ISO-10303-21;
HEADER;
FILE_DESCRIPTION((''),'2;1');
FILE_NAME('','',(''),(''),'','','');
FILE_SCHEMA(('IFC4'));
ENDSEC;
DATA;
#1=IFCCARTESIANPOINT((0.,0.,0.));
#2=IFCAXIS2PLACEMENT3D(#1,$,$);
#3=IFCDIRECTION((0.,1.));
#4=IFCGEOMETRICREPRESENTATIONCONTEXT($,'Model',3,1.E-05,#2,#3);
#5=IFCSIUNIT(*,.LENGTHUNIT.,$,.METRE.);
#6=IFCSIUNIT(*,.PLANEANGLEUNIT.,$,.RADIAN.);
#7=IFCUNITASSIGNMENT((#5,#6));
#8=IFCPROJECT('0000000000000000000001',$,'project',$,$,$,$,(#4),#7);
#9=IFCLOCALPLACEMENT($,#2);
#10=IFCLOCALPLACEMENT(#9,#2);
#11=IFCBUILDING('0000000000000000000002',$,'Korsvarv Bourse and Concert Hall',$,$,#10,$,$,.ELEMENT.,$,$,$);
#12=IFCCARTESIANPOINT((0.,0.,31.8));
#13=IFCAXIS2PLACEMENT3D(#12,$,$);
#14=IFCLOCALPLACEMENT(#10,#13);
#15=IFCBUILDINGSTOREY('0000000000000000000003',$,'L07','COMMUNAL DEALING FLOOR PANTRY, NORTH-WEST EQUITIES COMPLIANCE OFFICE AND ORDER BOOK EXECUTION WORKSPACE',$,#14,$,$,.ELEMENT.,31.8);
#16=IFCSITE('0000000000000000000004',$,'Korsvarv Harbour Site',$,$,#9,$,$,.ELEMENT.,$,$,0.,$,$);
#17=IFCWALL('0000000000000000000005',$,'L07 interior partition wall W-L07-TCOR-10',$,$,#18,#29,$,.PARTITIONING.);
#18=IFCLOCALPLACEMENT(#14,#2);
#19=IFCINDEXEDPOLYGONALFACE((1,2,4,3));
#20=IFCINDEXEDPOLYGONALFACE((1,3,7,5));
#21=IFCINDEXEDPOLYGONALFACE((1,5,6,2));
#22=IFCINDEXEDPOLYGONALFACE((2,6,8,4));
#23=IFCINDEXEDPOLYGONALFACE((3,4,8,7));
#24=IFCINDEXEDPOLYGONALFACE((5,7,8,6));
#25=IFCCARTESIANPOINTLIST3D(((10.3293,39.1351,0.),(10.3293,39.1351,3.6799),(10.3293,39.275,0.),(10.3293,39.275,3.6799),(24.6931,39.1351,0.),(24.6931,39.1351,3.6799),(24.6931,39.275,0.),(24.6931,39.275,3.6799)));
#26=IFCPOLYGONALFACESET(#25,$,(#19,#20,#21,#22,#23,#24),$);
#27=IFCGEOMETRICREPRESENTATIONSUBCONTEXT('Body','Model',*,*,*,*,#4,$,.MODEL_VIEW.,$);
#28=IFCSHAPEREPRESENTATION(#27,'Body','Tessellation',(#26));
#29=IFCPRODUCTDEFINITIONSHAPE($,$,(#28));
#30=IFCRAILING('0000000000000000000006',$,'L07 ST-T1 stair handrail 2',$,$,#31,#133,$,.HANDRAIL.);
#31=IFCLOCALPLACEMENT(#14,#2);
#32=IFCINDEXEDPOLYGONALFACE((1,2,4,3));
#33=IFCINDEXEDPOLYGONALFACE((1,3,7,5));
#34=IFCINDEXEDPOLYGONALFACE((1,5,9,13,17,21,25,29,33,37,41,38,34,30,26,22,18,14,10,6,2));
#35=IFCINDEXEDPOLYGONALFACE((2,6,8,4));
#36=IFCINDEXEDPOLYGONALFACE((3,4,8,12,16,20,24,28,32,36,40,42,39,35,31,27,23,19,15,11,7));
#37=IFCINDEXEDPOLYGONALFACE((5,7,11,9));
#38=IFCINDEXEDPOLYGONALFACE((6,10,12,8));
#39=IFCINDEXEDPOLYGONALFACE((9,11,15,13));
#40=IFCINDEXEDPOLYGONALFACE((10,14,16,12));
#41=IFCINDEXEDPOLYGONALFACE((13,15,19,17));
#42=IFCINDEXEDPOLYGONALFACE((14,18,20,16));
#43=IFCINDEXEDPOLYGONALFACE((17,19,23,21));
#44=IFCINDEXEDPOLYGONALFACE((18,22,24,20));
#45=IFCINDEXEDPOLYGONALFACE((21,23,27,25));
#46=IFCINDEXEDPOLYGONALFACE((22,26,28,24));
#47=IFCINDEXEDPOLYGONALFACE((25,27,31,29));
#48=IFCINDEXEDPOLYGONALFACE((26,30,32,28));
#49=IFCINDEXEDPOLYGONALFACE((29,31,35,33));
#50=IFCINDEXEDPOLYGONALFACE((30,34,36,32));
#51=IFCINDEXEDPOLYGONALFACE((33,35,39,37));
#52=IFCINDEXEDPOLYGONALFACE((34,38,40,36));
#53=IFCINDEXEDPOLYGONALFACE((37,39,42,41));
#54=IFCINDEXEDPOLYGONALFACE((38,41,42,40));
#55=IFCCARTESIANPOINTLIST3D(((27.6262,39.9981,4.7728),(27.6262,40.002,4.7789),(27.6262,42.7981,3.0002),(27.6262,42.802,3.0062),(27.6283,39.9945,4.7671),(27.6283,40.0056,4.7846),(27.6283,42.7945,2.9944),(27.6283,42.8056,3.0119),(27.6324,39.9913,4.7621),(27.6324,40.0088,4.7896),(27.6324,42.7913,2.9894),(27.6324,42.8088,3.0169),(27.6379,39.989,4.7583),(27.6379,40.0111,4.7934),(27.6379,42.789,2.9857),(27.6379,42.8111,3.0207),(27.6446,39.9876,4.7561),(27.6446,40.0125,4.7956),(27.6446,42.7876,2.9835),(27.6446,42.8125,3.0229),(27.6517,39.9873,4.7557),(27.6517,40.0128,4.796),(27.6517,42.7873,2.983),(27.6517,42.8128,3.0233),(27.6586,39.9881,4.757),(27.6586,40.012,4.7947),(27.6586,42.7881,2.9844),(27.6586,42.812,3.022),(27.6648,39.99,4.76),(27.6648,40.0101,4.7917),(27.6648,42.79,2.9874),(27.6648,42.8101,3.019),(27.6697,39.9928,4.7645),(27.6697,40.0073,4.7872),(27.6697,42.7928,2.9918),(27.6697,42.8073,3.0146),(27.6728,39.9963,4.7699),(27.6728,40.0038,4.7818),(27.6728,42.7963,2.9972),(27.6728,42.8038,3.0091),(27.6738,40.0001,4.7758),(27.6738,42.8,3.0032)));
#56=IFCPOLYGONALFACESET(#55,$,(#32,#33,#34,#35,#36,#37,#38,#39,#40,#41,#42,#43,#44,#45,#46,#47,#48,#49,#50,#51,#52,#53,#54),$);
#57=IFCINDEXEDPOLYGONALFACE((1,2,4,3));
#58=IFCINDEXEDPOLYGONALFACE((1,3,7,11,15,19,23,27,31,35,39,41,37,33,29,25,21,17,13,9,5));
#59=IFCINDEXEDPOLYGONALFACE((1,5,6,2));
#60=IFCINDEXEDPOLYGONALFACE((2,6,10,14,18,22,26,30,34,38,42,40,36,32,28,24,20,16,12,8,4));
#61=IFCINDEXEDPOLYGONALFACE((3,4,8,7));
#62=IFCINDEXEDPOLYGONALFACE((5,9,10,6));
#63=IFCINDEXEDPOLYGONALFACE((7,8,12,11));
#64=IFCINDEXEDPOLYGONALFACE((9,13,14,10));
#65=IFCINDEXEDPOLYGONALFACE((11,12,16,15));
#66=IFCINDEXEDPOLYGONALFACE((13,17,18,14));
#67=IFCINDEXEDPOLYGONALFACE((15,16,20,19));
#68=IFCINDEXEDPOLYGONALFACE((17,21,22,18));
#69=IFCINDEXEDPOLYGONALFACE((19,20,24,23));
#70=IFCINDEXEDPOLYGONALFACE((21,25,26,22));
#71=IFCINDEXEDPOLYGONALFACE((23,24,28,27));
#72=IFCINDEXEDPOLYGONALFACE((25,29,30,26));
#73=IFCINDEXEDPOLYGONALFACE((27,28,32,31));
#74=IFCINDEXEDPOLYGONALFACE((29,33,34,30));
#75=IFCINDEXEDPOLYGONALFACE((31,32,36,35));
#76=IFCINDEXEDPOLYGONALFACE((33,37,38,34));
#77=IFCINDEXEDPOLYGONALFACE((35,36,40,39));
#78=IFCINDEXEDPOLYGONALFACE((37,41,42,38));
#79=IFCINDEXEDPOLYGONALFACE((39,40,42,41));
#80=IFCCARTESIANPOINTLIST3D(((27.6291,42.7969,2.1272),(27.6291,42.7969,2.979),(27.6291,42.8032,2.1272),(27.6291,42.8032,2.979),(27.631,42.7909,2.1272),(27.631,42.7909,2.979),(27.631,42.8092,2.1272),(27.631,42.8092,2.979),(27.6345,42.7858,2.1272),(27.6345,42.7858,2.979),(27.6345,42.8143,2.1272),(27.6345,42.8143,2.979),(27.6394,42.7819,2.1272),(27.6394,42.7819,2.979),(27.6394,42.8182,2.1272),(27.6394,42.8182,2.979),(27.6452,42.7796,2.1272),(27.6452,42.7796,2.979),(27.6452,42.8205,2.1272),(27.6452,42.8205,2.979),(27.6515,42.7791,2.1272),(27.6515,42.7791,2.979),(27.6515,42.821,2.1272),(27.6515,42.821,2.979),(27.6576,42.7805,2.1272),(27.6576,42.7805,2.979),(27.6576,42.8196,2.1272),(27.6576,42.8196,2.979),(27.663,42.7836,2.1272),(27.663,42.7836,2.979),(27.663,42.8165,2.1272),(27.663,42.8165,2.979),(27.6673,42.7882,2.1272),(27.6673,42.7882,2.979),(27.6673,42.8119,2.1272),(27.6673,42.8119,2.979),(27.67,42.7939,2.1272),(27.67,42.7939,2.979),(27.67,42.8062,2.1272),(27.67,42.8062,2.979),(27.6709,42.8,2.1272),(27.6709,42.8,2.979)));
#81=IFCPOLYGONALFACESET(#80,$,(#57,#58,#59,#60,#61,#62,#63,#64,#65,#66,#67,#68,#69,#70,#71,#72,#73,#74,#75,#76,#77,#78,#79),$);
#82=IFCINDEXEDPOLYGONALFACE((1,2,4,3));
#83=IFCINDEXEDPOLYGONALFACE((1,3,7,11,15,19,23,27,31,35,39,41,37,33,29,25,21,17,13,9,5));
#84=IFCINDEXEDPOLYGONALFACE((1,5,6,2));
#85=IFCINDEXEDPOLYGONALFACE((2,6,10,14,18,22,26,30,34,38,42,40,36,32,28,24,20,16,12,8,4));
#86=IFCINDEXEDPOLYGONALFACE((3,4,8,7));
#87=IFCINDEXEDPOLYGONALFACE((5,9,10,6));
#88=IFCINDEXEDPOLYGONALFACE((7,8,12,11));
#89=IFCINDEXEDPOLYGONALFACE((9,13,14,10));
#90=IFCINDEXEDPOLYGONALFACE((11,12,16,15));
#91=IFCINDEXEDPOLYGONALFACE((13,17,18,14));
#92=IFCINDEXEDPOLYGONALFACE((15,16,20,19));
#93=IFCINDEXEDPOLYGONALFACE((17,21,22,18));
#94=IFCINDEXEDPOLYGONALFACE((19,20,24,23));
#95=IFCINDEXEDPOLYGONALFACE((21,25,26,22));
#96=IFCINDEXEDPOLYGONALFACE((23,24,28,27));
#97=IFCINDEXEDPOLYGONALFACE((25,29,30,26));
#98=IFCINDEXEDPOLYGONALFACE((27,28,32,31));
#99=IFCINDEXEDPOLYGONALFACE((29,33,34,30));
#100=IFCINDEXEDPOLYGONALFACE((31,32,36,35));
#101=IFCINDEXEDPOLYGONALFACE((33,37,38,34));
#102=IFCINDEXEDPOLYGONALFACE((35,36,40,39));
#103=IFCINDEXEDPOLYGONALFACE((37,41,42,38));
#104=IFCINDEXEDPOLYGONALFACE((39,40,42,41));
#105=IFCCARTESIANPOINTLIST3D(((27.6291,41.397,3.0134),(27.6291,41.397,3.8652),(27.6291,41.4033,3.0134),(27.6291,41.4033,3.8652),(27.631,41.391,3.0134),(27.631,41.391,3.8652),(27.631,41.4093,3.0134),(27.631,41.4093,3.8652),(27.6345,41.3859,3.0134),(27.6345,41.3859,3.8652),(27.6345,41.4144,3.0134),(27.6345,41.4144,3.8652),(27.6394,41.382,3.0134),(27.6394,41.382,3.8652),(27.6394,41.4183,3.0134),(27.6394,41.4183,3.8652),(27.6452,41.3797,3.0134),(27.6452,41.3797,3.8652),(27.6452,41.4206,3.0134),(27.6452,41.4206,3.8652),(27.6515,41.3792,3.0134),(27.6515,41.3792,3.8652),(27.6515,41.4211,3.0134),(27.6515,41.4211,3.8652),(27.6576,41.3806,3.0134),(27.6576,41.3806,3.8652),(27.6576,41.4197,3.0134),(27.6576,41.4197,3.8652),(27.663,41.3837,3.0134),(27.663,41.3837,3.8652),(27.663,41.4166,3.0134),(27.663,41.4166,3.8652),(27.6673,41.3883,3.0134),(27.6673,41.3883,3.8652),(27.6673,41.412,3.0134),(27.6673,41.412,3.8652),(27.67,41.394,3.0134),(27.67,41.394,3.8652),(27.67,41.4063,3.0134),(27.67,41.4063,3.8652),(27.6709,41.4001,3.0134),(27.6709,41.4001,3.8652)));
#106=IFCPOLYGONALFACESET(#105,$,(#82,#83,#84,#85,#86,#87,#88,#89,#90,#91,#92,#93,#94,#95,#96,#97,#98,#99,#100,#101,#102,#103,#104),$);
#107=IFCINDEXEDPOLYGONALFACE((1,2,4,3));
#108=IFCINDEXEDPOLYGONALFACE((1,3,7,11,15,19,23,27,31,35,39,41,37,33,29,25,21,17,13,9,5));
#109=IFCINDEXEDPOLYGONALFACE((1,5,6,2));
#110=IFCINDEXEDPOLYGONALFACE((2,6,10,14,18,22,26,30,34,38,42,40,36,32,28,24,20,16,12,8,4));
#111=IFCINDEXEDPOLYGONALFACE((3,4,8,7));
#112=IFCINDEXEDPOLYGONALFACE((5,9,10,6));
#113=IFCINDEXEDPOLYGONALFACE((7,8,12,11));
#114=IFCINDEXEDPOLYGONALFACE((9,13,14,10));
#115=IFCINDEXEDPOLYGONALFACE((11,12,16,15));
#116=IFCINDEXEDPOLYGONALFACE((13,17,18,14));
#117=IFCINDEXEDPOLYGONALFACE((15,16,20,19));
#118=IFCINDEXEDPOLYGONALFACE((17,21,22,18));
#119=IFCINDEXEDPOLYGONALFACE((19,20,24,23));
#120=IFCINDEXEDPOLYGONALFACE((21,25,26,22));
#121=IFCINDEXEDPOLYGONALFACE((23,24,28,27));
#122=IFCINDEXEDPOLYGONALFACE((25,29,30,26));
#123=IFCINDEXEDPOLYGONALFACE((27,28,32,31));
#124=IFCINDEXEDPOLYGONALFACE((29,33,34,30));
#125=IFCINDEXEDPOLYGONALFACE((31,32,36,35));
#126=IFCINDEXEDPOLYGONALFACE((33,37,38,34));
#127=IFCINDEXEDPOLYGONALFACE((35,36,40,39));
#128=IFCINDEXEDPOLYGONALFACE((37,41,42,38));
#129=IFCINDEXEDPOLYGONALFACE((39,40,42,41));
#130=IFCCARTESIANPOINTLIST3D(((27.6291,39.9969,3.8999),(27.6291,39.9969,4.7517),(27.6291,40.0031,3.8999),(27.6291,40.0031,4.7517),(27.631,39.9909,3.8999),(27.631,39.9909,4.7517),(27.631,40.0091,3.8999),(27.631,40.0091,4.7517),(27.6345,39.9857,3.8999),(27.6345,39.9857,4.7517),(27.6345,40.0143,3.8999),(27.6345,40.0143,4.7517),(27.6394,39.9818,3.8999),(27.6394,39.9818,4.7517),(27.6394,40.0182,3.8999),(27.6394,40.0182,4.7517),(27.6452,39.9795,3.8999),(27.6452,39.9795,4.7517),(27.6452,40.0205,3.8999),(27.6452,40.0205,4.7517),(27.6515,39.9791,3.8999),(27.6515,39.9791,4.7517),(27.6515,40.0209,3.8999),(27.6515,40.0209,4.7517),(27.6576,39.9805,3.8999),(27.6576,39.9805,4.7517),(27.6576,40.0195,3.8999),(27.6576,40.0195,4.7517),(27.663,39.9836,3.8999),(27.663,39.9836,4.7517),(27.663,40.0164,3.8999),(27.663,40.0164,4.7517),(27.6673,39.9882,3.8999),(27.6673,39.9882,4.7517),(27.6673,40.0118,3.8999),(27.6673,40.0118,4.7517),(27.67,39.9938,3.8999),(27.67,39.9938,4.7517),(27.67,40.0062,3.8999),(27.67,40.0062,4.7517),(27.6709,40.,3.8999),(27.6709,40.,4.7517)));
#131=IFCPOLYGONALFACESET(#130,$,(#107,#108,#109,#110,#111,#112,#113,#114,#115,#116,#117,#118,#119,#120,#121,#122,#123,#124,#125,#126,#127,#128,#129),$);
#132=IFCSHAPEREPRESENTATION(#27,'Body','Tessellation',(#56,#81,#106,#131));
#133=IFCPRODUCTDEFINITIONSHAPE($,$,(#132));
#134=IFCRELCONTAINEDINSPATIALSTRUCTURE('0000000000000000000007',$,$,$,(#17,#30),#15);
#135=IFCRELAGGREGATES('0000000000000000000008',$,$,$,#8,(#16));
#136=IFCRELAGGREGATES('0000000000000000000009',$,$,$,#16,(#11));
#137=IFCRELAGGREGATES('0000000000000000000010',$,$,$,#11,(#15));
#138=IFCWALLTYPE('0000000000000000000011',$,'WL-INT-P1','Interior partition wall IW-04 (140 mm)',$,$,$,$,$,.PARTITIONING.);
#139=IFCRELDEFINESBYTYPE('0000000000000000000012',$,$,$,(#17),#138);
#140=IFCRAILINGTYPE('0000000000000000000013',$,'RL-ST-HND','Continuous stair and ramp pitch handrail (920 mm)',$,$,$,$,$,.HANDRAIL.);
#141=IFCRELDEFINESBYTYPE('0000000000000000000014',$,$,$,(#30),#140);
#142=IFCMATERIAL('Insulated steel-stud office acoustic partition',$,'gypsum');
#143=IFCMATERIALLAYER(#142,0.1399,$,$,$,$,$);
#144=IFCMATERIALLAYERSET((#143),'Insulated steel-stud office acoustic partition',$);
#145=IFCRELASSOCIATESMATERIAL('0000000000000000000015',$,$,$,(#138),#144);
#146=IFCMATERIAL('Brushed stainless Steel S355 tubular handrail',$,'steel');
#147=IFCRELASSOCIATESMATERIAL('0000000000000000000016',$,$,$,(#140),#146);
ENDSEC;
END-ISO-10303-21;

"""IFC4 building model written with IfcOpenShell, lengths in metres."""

from ifc_helpers import new_model, si_unit, direction, frame, frame_2d, origin, origin_2d, place, context, subcontext, project, spatial, rectangle, circle, extrude, material, layer, layer_set, type_object, element, save


model = new_model("IFC4")

# Units and contexts
model_context = context("Model", 3, precision=1e-05, world=origin(), true_north=direction((0.0, 1.0)))
body_context = subcontext(model_context, "Body", "Model", "MODEL_VIEW")
ifc_project = project(units=[si_unit("LENGTHUNIT", "METRE"), si_unit("PLANEANGLEUNIT", "RADIAN")], contexts=[model_context])

# Site, building, storey
site_placement = place(None, origin())
site = spatial("IfcSite", under=ifc_project, at=site_placement, Name="Korsvarv Harbour Site", CompositionType="ELEMENT", RefElevation=0.0)
building_placement = place(site_placement, origin())
building = spatial("IfcBuilding", under=site, at=building_placement, Name="Korsvarv Bourse and Concert Hall", CompositionType="ELEMENT")
storey_placement = place(building_placement, frame((0.0, 0.0, 31.8)))
storey = spatial("IfcBuildingStorey", under=building, at=storey_placement, Name="L07", Description="COMMUNAL DEALING FLOOR PANTRY, NORTH-WEST EQUITIES COMPLIANCE OFFICE AND ORDER BOOK EXECUTION WORKSPACE", CompositionType="ELEMENT", Elevation=31.8)

# Wall
ifc_material_1 = material(Name="Insulated steel-stud office acoustic partition", Category="gypsum")
ifc_layer_1 = layer(ifc_material_1, 0.1399)
ifc_layer_set_1 = layer_set([ifc_layer_1], Name="Insulated steel-stud office acoustic partition")
wall_type_1 = type_object("IfcWallType", Name="WL-INT-P1", Description="Interior partition wall IW-04 (140 mm)", PredefinedType="PARTITIONING", material=ifc_layer_set_1)
wall_1_placement = place(storey_placement, frame((10.3293, 39.2051, 0.0), z_axis=(0.0, 0.0, 1.0), x_axis=(1.0, 0.0, 0.0)))
element("IfcWall", 1, at=wall_1_placement, inside=storey, type_object=wall_type_1, Name="L07 interior partition wall W-L07-TCOR-10", PredefinedType="PARTITIONING", context=body_context, shape_type="SweptSolid", body=[
    extrude(rectangle(XDim=14.3638, YDim=0.1399, at=frame_2d((7.1819, 0.0))), origin(), (0.0, 0.0, 1.0), 3.6799),
])

# Railing
ifc_material_2 = material(Name="Brushed stainless Steel S355 tubular handrail", Category="steel")
railing_type = type_object("IfcRailingType", Name="RL-ST-HND", Description="Continuous stair and ramp pitch handrail (920 mm)", PredefinedType="HANDRAIL", material=ifc_material_2)
railing_placement = place(storey_placement, frame((27.6499, 42.8, 2.1272)))
element("IfcRailing", 2, at=railing_placement, inside=storey, type_object=railing_type, Name="L07 ST-T1 stair handrail 2", PredefinedType="HANDRAIL", context=body_context, shape_type="SweptSolid", body=[
    extrude(circle(Radius=0.0239, at=origin_2d()), frame((0.0, 0.0, 0.876), z_axis=(0.0, -0.844909, 0.53491), x_axis=(1.0, 0.0, 0.0)), (0.0, 0.0, 1.0), 3.314),
    extrude(circle(Radius=0.021, at=origin_2d()), origin(), (0.0, 0.0, 1.0), 0.8518),
    extrude(circle(Radius=0.021, at=origin_2d()), frame((0.0, -1.3999, 0.8862)), (0.0, 0.0, 1.0), 0.8518),
    extrude(circle(Radius=0.021, at=origin_2d()), frame((0.0, -2.8, 1.7727)), (0.0, 0.0, 1.0), 0.8518),
])

save(model, "model.ifc")
